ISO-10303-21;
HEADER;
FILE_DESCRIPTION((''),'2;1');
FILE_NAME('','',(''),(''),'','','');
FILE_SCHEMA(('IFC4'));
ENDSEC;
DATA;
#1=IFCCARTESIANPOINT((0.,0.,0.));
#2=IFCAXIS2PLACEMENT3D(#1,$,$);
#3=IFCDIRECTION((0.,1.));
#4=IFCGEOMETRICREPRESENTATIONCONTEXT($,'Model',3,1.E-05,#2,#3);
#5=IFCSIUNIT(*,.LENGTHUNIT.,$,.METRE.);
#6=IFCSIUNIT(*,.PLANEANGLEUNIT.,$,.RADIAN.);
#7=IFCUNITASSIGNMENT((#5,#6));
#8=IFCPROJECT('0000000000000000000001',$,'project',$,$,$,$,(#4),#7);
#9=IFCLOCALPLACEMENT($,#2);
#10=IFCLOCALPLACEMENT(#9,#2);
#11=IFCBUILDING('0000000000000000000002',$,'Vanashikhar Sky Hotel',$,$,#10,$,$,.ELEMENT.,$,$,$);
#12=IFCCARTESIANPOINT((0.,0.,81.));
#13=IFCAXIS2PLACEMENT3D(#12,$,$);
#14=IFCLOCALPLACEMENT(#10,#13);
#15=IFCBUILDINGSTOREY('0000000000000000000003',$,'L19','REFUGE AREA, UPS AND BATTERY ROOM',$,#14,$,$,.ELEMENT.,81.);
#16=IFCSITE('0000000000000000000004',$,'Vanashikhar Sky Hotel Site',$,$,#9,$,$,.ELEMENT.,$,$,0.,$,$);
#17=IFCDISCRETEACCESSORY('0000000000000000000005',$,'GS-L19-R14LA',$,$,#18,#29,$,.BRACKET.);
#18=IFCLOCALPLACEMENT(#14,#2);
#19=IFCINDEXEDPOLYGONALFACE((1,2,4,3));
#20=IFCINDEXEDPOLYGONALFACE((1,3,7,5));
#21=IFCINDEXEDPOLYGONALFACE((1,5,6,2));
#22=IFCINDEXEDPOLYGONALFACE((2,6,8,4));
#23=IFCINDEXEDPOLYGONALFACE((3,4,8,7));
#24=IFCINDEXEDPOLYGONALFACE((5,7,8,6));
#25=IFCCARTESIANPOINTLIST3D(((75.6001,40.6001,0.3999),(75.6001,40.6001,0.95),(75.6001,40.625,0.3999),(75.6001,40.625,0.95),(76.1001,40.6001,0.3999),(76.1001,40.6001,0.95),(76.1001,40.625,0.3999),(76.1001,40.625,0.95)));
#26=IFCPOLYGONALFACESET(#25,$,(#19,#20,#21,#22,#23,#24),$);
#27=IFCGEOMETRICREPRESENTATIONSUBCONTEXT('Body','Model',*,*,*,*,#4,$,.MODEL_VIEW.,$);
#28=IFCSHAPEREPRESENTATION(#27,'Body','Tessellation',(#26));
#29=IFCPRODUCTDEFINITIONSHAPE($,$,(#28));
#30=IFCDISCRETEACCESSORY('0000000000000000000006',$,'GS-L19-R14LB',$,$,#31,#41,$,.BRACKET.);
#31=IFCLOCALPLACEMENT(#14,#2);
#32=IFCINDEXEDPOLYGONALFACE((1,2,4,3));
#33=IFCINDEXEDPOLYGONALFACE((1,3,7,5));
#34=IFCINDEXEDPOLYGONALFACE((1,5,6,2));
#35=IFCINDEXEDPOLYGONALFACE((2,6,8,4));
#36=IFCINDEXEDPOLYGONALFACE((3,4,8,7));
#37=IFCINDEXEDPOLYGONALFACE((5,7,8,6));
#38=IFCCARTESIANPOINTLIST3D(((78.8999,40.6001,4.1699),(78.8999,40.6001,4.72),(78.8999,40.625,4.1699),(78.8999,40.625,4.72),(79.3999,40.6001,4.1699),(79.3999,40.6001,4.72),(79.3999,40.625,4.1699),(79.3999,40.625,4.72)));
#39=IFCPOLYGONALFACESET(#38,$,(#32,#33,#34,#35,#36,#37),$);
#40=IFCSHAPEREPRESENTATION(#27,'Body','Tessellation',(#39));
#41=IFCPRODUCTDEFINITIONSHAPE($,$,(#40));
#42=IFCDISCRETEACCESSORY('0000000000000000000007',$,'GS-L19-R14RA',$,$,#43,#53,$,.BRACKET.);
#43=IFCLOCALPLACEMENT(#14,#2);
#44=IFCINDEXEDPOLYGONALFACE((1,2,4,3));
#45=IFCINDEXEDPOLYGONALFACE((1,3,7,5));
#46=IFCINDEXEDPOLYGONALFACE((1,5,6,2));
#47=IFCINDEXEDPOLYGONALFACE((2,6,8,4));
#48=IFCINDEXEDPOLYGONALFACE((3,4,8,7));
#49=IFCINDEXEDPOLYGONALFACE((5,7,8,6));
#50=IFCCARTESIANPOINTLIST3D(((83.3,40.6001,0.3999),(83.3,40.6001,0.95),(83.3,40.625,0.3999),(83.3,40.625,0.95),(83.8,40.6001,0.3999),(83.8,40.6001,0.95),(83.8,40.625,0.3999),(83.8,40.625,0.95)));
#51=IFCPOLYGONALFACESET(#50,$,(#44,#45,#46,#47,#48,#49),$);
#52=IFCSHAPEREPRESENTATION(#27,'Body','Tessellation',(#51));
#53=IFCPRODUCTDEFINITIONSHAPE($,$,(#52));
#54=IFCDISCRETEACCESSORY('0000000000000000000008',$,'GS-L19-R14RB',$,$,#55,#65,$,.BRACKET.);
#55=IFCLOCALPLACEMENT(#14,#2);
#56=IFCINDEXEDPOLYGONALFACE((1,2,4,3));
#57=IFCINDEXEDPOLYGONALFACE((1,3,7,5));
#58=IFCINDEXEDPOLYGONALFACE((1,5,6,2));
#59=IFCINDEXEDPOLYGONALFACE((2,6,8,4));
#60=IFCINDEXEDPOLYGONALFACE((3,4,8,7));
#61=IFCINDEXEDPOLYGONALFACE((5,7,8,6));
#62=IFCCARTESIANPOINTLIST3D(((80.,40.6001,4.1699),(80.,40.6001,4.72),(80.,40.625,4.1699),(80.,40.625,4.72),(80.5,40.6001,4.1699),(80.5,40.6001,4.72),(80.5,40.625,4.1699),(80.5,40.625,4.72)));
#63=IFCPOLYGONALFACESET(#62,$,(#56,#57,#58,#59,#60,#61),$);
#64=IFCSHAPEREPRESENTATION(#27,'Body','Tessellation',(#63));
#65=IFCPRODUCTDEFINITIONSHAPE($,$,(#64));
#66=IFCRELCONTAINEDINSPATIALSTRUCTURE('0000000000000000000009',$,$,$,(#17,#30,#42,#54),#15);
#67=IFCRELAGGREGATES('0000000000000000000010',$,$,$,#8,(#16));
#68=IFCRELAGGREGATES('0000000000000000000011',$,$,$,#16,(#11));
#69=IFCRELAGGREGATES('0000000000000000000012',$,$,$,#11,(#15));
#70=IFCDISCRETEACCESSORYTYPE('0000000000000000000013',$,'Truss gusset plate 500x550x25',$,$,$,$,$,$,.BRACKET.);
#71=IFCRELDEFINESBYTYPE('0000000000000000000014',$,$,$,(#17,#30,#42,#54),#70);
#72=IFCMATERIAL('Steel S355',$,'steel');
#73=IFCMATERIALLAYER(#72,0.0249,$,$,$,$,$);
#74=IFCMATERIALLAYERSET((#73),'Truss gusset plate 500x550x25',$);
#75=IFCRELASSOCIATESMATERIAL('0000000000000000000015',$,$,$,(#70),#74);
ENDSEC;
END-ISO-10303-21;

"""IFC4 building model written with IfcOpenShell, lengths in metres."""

from ifc_helpers import new_model, si_unit, direction, frame, origin, origin_2d, place, context, subcontext, project, spatial, rectangle, extrude, source, transform, mapped, material, layer, layer_set, type_object, element, save


model = new_model("IFC4")

# Units and contexts
model_context = context("Model", 3, precision=1e-05, world=origin(), true_north=direction((0.0, 1.0)))
body_context = subcontext(model_context, "Body", "Model", "MODEL_VIEW")
ifc_project = project(units=[si_unit("LENGTHUNIT", "METRE"), si_unit("PLANEANGLEUNIT", "RADIAN")], contexts=[model_context])

# Site, building, storey
site_placement = place(None, origin())
site = spatial("IfcSite", under=ifc_project, at=site_placement, Name="Vanashikhar Sky Hotel Site", CompositionType="ELEMENT", RefElevation=0.0)
building_placement = place(site_placement, origin())
building = spatial("IfcBuilding", under=site, at=building_placement, Name="Vanashikhar Sky Hotel", CompositionType="ELEMENT")
storey_placement = place(building_placement, frame((0.0, 0.0, 81.0)))
storey = spatial("IfcBuildingStorey", under=building, at=storey_placement, Name="L19", Description="REFUGE AREA, UPS AND BATTERY ROOM", CompositionType="ELEMENT", Elevation=81.0)

# Shared definitions
ifc_material_1 = material(Name="Steel S355", Category="steel")

# Discrete accessories
ifc_layer_1 = layer(ifc_material_1, 0.0249)
ifc_layer_set_1 = layer_set([ifc_layer_1], Name="Truss gusset plate 500x550x25")
discrete_accessory_type_1 = type_object("IfcDiscreteAccessoryType", Name="Truss gusset plate 500x550x25", PredefinedType="BRACKET", material=ifc_layer_set_1)
shared_shape_1 = source(origin(), body_context, "Body", "SweptSolid", [
    extrude(rectangle(XDim=0.5, YDim=0.0249, at=origin_2d()), origin(), (0.0, 0.0, 1.0), 0.55),
])
for number, where, z_axis, x_axis, name in (
    (1, (75.8501, 40.6125, 0.3999), (0.0, 0.0, 1.0), (1.0, 0.0, 0.0), "GS-L19-R14LA"),
    (2, (79.1499, 40.6125, 4.1699), (0.0, 0.0, 1.0), (1.0, 0.0, 0.0), "GS-L19-R14LB"),
    (3, (83.55, 40.6125, 0.3999), (0.0, 0.0, 1.0), (1.0, 0.0, 0.0), "GS-L19-R14RA"),
    (4, (80.25, 40.6125, 4.1699), (0.0, 0.0, 1.0), (1.0, 0.0, 0.0), "GS-L19-R14RB"),
):
    element("IfcDiscreteAccessory", number, at=place(storey_placement, frame(where, z_axis=z_axis, x_axis=x_axis)), inside=storey, type_object=discrete_accessory_type_1, Name=name, PredefinedType="BRACKET", context=body_context, shape_type="MappedRepresentation", body=[
        mapped(shared_shape_1, transform((0.0, 0.0, 0.0), scale=1.0)),
    ])

save(model, "model.ifc")
